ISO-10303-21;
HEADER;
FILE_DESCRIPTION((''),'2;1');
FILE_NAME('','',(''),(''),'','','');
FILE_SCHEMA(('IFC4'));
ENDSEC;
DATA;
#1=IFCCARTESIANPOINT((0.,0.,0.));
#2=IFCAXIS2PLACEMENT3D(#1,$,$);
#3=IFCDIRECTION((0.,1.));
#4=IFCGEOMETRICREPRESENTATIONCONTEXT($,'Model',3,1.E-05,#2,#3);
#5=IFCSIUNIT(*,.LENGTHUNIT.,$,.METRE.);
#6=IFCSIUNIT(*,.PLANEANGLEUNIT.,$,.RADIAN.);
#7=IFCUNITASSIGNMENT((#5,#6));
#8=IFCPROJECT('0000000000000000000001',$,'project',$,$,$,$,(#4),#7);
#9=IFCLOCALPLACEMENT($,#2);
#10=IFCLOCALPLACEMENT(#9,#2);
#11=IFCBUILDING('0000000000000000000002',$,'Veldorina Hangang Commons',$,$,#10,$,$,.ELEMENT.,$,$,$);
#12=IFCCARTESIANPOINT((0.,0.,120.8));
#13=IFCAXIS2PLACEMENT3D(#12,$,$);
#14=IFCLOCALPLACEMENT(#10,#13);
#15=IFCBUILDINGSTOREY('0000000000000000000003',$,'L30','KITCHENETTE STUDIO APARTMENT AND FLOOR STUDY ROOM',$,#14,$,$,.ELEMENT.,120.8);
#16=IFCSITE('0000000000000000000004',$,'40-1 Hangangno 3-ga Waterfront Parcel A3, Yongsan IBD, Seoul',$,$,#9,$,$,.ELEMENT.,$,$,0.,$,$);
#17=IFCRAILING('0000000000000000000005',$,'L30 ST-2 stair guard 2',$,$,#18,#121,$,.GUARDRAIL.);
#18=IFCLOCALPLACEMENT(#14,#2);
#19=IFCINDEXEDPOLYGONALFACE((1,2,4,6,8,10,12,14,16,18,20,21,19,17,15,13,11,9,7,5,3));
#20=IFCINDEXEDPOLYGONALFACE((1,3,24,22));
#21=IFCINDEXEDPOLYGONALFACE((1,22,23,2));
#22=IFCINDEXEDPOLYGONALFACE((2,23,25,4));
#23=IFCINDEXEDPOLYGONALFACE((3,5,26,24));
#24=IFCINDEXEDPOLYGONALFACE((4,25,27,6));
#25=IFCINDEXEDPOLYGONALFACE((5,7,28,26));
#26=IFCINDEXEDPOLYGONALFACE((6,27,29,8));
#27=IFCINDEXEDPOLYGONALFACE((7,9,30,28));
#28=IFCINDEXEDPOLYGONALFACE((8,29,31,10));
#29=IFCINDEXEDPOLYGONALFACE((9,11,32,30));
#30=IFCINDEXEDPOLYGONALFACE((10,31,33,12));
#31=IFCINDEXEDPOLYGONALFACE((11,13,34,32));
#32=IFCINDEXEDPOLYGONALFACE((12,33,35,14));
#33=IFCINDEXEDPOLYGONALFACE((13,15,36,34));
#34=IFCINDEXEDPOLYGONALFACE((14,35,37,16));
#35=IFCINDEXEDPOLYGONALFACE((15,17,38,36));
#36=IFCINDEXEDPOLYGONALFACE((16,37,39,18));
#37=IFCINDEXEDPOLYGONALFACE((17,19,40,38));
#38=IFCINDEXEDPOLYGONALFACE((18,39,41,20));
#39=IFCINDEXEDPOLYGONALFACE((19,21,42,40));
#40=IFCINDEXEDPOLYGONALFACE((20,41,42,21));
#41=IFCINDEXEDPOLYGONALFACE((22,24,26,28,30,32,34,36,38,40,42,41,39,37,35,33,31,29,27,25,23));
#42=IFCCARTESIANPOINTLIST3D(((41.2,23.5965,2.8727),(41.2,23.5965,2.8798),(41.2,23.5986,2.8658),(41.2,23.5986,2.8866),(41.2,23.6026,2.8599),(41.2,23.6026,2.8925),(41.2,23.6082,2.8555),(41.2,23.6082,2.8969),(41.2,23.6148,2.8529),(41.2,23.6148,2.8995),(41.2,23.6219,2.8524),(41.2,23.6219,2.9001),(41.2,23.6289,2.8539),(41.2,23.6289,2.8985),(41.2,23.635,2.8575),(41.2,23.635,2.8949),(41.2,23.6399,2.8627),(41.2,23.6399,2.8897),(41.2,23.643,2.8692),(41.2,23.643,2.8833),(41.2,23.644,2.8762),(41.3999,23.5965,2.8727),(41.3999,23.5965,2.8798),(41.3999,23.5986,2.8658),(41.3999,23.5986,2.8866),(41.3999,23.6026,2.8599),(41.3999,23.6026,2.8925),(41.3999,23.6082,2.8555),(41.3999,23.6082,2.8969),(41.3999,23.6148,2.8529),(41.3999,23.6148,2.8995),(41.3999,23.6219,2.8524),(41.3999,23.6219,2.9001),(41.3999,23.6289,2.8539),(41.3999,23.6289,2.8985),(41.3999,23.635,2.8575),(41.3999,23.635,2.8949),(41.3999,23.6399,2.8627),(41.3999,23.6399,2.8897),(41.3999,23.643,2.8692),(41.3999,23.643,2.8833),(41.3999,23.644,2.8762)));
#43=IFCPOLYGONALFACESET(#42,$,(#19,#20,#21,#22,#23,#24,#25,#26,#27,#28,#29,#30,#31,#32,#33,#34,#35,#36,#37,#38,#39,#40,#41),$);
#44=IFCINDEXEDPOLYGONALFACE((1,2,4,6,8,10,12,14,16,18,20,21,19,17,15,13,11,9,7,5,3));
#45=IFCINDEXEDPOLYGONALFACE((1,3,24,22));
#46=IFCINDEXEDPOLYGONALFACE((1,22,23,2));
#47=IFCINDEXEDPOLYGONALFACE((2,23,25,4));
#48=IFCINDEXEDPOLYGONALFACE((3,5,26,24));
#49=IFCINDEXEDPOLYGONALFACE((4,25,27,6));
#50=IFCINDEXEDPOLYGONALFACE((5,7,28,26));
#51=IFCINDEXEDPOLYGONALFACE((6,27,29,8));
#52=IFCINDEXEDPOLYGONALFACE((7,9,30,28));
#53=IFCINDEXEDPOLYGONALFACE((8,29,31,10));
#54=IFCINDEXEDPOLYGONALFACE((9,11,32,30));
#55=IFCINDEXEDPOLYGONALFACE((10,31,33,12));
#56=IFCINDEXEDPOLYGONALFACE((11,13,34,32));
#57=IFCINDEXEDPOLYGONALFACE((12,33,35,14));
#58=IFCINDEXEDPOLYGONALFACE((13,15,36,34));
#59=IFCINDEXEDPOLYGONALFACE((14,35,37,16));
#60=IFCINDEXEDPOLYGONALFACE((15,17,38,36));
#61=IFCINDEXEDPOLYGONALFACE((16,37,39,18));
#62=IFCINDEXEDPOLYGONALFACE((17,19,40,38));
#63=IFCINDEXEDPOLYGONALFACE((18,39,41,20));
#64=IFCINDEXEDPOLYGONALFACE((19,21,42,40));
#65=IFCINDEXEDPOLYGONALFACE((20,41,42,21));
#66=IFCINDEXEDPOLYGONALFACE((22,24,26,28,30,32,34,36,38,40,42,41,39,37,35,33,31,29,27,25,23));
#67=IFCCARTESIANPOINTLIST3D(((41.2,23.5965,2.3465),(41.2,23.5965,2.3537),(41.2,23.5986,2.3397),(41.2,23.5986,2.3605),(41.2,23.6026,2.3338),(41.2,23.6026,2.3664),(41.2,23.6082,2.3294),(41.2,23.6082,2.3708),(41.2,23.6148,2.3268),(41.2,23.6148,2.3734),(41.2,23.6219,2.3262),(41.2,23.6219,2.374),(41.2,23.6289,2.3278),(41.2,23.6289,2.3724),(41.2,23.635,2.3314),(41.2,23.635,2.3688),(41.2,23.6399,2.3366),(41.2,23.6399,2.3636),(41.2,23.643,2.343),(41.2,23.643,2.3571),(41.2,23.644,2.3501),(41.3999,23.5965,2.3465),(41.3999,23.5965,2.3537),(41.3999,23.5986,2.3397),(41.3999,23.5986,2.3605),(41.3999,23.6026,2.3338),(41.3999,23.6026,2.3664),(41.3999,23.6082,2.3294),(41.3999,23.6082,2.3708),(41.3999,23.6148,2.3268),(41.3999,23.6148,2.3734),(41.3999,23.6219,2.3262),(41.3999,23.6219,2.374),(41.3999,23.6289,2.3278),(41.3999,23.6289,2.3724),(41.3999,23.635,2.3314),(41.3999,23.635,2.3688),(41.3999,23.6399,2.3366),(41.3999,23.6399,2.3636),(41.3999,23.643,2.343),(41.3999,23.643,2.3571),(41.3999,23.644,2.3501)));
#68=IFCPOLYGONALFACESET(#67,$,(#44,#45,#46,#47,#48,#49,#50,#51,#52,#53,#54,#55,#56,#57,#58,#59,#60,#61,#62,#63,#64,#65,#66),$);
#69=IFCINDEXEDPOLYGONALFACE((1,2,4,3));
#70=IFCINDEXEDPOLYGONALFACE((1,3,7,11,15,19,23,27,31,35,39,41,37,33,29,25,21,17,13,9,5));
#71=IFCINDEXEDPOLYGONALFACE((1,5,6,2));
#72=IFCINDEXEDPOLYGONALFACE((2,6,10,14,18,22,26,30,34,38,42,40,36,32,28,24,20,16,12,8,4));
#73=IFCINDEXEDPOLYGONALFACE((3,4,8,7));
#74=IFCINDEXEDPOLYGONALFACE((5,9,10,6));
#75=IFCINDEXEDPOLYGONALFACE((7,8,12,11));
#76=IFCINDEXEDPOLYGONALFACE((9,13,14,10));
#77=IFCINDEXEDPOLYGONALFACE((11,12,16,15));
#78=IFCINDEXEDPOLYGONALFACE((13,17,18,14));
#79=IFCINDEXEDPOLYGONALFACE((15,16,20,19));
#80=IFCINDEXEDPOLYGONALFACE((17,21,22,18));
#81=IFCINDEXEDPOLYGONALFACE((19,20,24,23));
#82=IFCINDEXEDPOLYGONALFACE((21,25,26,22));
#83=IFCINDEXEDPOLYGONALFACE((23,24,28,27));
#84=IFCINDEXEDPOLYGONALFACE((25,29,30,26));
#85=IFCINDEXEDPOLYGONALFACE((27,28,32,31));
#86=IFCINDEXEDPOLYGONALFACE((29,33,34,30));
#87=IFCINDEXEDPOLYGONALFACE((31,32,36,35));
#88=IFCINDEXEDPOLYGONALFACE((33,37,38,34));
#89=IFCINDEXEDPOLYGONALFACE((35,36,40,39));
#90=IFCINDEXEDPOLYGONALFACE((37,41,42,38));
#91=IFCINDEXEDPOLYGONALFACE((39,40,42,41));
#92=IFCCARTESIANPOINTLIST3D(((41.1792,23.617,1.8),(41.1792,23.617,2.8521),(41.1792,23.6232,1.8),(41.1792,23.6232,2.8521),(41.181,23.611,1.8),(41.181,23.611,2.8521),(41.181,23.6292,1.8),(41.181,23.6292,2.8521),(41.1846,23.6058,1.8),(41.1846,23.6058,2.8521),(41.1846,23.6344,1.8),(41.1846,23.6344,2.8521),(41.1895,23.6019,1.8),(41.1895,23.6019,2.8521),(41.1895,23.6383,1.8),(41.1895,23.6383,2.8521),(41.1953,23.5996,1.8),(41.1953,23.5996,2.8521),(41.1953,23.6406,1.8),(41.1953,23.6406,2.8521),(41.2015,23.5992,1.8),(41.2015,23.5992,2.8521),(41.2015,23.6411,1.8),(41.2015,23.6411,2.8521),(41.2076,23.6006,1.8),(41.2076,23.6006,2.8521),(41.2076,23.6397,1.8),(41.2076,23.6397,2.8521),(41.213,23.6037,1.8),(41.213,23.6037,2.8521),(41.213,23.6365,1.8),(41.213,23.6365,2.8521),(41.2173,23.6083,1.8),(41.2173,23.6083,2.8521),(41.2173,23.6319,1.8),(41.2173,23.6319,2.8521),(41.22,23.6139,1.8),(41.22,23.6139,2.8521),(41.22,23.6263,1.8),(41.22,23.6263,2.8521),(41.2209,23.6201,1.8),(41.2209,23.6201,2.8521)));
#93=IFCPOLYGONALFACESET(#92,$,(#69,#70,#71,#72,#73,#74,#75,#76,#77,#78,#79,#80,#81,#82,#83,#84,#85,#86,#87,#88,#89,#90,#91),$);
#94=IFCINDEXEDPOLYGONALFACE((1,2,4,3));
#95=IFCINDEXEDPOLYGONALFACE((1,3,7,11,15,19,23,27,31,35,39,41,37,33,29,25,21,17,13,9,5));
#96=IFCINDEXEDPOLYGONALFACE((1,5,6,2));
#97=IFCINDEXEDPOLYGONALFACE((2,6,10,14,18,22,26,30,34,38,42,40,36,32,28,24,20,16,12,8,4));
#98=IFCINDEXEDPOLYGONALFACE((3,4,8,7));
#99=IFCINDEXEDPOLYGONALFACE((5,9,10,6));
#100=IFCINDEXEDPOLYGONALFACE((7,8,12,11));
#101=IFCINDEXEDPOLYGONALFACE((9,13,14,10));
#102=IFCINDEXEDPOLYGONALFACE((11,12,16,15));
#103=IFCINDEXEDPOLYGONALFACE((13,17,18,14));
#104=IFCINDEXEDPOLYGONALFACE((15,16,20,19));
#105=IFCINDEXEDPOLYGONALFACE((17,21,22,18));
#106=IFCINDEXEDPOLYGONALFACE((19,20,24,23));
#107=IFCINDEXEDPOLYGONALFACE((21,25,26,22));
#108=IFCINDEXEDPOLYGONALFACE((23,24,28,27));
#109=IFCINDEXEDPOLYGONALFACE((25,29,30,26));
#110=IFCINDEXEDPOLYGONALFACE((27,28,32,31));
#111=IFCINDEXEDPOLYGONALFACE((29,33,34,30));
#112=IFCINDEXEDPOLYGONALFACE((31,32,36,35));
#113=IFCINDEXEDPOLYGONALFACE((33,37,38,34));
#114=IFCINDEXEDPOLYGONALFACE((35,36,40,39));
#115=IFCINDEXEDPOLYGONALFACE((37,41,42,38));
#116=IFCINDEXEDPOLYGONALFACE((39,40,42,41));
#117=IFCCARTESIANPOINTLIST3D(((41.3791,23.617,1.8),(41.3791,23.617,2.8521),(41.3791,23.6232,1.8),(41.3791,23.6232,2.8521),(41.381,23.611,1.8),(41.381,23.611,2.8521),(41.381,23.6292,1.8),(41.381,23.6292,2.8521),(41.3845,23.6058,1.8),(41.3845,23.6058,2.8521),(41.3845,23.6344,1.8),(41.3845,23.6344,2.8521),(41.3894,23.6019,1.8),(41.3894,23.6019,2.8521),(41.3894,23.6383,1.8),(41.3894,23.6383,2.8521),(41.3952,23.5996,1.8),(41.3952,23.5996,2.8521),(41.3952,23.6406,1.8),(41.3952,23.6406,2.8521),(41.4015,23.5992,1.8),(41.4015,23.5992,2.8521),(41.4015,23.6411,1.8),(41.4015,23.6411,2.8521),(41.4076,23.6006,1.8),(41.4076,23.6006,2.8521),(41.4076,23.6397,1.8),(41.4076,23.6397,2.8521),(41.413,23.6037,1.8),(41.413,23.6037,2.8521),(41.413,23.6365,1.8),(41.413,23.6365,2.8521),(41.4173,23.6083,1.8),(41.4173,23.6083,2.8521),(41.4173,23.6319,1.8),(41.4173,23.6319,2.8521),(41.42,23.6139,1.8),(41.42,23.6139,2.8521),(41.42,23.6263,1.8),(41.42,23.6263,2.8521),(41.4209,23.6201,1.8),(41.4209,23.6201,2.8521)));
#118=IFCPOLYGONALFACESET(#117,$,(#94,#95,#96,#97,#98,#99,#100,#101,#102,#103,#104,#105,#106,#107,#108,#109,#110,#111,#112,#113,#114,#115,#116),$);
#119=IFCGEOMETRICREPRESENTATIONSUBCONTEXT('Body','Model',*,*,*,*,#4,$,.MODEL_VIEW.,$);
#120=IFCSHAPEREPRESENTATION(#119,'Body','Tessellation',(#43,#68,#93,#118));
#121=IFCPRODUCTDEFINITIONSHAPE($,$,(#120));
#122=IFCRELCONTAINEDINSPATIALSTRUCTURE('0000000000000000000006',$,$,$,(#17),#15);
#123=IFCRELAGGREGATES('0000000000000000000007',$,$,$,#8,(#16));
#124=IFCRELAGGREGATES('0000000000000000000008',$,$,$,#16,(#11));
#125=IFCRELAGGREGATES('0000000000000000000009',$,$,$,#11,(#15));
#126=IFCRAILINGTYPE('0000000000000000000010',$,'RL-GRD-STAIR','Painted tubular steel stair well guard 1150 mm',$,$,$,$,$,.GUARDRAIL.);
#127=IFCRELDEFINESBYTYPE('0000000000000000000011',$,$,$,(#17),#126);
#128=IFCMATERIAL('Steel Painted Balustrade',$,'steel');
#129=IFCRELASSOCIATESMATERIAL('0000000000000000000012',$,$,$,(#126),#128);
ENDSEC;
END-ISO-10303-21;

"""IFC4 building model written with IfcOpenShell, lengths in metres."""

from ifc_helpers import new_model, si_unit, direction, frame, origin, origin_2d, place, context, subcontext, project, spatial, circle, extrude, material, type_object, element, save


model = new_model("IFC4")

# Units and contexts
model_context = context("Model", 3, precision=1e-05, world=origin(), true_north=direction((0.0, 1.0)))
body_context = subcontext(model_context, "Body", "Model", "MODEL_VIEW")
ifc_project = project(units=[si_unit("LENGTHUNIT", "METRE"), si_unit("PLANEANGLEUNIT", "RADIAN")], contexts=[model_context])

# Site, building, storey
site_placement = place(None, origin())
site = spatial("IfcSite", under=ifc_project, at=site_placement, Name="40-1 Hangangno 3-ga Waterfront Parcel A3, Yongsan IBD, Seoul", CompositionType="ELEMENT", RefElevation=0.0)
building_placement = place(site_placement, origin())
building = spatial("IfcBuilding", under=site, at=building_placement, Name="Veldorina Hangang Commons", CompositionType="ELEMENT")
storey_placement = place(building_placement, frame((0.0, 0.0, 120.8)))
storey = spatial("IfcBuildingStorey", under=building, at=storey_placement, Name="L30", Description="KITCHENETTE STUDIO APARTMENT AND FLOOR STUDY ROOM", CompositionType="ELEMENT", Elevation=120.8)

# Railing
ifc_material_1 = material(Name="Steel Painted Balustrade", Category="steel")
railing_type_1 = type_object("IfcRailingType", Name="RL-GRD-STAIR", Description="Painted tubular steel stair well guard 1150 mm", PredefinedType="GUARDRAIL", material=ifc_material_1)
railing_1_placement = place(storey_placement, frame((41.2, 23.6201, 1.8)))
element("IfcRailing", 1, at=railing_1_placement, inside=storey, type_object=railing_type_1, Name="L30 ST-2 stair guard 2", PredefinedType="GUARDRAIL", context=body_context, shape_type="SweptSolid", body=[
    extrude(circle(Radius=0.0239, at=origin_2d()), frame((0.0, 0.0, 1.0762), z_axis=(1.0, 0.0, 0.0), x_axis=(0.0, 1.0, 0.0)), (0.0, 0.0, 1.0), 0.2),
    extrude(circle(Radius=0.0239, at=origin_2d()), frame((0.0, 0.0, 0.55), z_axis=(1.0, 0.0, 0.0), x_axis=(0.0, 1.0, 0.0)), (0.0, 0.0, 1.0), 0.2),
    extrude(circle(Radius=0.021, at=origin_2d()), origin(), (0.0, 0.0, 1.0), 1.052),
    extrude(circle(Radius=0.021, at=origin_2d()), frame((0.2, 0.0, 0.0)), (0.0, 0.0, 1.0), 1.052),
])

save(model, "model.ifc")
